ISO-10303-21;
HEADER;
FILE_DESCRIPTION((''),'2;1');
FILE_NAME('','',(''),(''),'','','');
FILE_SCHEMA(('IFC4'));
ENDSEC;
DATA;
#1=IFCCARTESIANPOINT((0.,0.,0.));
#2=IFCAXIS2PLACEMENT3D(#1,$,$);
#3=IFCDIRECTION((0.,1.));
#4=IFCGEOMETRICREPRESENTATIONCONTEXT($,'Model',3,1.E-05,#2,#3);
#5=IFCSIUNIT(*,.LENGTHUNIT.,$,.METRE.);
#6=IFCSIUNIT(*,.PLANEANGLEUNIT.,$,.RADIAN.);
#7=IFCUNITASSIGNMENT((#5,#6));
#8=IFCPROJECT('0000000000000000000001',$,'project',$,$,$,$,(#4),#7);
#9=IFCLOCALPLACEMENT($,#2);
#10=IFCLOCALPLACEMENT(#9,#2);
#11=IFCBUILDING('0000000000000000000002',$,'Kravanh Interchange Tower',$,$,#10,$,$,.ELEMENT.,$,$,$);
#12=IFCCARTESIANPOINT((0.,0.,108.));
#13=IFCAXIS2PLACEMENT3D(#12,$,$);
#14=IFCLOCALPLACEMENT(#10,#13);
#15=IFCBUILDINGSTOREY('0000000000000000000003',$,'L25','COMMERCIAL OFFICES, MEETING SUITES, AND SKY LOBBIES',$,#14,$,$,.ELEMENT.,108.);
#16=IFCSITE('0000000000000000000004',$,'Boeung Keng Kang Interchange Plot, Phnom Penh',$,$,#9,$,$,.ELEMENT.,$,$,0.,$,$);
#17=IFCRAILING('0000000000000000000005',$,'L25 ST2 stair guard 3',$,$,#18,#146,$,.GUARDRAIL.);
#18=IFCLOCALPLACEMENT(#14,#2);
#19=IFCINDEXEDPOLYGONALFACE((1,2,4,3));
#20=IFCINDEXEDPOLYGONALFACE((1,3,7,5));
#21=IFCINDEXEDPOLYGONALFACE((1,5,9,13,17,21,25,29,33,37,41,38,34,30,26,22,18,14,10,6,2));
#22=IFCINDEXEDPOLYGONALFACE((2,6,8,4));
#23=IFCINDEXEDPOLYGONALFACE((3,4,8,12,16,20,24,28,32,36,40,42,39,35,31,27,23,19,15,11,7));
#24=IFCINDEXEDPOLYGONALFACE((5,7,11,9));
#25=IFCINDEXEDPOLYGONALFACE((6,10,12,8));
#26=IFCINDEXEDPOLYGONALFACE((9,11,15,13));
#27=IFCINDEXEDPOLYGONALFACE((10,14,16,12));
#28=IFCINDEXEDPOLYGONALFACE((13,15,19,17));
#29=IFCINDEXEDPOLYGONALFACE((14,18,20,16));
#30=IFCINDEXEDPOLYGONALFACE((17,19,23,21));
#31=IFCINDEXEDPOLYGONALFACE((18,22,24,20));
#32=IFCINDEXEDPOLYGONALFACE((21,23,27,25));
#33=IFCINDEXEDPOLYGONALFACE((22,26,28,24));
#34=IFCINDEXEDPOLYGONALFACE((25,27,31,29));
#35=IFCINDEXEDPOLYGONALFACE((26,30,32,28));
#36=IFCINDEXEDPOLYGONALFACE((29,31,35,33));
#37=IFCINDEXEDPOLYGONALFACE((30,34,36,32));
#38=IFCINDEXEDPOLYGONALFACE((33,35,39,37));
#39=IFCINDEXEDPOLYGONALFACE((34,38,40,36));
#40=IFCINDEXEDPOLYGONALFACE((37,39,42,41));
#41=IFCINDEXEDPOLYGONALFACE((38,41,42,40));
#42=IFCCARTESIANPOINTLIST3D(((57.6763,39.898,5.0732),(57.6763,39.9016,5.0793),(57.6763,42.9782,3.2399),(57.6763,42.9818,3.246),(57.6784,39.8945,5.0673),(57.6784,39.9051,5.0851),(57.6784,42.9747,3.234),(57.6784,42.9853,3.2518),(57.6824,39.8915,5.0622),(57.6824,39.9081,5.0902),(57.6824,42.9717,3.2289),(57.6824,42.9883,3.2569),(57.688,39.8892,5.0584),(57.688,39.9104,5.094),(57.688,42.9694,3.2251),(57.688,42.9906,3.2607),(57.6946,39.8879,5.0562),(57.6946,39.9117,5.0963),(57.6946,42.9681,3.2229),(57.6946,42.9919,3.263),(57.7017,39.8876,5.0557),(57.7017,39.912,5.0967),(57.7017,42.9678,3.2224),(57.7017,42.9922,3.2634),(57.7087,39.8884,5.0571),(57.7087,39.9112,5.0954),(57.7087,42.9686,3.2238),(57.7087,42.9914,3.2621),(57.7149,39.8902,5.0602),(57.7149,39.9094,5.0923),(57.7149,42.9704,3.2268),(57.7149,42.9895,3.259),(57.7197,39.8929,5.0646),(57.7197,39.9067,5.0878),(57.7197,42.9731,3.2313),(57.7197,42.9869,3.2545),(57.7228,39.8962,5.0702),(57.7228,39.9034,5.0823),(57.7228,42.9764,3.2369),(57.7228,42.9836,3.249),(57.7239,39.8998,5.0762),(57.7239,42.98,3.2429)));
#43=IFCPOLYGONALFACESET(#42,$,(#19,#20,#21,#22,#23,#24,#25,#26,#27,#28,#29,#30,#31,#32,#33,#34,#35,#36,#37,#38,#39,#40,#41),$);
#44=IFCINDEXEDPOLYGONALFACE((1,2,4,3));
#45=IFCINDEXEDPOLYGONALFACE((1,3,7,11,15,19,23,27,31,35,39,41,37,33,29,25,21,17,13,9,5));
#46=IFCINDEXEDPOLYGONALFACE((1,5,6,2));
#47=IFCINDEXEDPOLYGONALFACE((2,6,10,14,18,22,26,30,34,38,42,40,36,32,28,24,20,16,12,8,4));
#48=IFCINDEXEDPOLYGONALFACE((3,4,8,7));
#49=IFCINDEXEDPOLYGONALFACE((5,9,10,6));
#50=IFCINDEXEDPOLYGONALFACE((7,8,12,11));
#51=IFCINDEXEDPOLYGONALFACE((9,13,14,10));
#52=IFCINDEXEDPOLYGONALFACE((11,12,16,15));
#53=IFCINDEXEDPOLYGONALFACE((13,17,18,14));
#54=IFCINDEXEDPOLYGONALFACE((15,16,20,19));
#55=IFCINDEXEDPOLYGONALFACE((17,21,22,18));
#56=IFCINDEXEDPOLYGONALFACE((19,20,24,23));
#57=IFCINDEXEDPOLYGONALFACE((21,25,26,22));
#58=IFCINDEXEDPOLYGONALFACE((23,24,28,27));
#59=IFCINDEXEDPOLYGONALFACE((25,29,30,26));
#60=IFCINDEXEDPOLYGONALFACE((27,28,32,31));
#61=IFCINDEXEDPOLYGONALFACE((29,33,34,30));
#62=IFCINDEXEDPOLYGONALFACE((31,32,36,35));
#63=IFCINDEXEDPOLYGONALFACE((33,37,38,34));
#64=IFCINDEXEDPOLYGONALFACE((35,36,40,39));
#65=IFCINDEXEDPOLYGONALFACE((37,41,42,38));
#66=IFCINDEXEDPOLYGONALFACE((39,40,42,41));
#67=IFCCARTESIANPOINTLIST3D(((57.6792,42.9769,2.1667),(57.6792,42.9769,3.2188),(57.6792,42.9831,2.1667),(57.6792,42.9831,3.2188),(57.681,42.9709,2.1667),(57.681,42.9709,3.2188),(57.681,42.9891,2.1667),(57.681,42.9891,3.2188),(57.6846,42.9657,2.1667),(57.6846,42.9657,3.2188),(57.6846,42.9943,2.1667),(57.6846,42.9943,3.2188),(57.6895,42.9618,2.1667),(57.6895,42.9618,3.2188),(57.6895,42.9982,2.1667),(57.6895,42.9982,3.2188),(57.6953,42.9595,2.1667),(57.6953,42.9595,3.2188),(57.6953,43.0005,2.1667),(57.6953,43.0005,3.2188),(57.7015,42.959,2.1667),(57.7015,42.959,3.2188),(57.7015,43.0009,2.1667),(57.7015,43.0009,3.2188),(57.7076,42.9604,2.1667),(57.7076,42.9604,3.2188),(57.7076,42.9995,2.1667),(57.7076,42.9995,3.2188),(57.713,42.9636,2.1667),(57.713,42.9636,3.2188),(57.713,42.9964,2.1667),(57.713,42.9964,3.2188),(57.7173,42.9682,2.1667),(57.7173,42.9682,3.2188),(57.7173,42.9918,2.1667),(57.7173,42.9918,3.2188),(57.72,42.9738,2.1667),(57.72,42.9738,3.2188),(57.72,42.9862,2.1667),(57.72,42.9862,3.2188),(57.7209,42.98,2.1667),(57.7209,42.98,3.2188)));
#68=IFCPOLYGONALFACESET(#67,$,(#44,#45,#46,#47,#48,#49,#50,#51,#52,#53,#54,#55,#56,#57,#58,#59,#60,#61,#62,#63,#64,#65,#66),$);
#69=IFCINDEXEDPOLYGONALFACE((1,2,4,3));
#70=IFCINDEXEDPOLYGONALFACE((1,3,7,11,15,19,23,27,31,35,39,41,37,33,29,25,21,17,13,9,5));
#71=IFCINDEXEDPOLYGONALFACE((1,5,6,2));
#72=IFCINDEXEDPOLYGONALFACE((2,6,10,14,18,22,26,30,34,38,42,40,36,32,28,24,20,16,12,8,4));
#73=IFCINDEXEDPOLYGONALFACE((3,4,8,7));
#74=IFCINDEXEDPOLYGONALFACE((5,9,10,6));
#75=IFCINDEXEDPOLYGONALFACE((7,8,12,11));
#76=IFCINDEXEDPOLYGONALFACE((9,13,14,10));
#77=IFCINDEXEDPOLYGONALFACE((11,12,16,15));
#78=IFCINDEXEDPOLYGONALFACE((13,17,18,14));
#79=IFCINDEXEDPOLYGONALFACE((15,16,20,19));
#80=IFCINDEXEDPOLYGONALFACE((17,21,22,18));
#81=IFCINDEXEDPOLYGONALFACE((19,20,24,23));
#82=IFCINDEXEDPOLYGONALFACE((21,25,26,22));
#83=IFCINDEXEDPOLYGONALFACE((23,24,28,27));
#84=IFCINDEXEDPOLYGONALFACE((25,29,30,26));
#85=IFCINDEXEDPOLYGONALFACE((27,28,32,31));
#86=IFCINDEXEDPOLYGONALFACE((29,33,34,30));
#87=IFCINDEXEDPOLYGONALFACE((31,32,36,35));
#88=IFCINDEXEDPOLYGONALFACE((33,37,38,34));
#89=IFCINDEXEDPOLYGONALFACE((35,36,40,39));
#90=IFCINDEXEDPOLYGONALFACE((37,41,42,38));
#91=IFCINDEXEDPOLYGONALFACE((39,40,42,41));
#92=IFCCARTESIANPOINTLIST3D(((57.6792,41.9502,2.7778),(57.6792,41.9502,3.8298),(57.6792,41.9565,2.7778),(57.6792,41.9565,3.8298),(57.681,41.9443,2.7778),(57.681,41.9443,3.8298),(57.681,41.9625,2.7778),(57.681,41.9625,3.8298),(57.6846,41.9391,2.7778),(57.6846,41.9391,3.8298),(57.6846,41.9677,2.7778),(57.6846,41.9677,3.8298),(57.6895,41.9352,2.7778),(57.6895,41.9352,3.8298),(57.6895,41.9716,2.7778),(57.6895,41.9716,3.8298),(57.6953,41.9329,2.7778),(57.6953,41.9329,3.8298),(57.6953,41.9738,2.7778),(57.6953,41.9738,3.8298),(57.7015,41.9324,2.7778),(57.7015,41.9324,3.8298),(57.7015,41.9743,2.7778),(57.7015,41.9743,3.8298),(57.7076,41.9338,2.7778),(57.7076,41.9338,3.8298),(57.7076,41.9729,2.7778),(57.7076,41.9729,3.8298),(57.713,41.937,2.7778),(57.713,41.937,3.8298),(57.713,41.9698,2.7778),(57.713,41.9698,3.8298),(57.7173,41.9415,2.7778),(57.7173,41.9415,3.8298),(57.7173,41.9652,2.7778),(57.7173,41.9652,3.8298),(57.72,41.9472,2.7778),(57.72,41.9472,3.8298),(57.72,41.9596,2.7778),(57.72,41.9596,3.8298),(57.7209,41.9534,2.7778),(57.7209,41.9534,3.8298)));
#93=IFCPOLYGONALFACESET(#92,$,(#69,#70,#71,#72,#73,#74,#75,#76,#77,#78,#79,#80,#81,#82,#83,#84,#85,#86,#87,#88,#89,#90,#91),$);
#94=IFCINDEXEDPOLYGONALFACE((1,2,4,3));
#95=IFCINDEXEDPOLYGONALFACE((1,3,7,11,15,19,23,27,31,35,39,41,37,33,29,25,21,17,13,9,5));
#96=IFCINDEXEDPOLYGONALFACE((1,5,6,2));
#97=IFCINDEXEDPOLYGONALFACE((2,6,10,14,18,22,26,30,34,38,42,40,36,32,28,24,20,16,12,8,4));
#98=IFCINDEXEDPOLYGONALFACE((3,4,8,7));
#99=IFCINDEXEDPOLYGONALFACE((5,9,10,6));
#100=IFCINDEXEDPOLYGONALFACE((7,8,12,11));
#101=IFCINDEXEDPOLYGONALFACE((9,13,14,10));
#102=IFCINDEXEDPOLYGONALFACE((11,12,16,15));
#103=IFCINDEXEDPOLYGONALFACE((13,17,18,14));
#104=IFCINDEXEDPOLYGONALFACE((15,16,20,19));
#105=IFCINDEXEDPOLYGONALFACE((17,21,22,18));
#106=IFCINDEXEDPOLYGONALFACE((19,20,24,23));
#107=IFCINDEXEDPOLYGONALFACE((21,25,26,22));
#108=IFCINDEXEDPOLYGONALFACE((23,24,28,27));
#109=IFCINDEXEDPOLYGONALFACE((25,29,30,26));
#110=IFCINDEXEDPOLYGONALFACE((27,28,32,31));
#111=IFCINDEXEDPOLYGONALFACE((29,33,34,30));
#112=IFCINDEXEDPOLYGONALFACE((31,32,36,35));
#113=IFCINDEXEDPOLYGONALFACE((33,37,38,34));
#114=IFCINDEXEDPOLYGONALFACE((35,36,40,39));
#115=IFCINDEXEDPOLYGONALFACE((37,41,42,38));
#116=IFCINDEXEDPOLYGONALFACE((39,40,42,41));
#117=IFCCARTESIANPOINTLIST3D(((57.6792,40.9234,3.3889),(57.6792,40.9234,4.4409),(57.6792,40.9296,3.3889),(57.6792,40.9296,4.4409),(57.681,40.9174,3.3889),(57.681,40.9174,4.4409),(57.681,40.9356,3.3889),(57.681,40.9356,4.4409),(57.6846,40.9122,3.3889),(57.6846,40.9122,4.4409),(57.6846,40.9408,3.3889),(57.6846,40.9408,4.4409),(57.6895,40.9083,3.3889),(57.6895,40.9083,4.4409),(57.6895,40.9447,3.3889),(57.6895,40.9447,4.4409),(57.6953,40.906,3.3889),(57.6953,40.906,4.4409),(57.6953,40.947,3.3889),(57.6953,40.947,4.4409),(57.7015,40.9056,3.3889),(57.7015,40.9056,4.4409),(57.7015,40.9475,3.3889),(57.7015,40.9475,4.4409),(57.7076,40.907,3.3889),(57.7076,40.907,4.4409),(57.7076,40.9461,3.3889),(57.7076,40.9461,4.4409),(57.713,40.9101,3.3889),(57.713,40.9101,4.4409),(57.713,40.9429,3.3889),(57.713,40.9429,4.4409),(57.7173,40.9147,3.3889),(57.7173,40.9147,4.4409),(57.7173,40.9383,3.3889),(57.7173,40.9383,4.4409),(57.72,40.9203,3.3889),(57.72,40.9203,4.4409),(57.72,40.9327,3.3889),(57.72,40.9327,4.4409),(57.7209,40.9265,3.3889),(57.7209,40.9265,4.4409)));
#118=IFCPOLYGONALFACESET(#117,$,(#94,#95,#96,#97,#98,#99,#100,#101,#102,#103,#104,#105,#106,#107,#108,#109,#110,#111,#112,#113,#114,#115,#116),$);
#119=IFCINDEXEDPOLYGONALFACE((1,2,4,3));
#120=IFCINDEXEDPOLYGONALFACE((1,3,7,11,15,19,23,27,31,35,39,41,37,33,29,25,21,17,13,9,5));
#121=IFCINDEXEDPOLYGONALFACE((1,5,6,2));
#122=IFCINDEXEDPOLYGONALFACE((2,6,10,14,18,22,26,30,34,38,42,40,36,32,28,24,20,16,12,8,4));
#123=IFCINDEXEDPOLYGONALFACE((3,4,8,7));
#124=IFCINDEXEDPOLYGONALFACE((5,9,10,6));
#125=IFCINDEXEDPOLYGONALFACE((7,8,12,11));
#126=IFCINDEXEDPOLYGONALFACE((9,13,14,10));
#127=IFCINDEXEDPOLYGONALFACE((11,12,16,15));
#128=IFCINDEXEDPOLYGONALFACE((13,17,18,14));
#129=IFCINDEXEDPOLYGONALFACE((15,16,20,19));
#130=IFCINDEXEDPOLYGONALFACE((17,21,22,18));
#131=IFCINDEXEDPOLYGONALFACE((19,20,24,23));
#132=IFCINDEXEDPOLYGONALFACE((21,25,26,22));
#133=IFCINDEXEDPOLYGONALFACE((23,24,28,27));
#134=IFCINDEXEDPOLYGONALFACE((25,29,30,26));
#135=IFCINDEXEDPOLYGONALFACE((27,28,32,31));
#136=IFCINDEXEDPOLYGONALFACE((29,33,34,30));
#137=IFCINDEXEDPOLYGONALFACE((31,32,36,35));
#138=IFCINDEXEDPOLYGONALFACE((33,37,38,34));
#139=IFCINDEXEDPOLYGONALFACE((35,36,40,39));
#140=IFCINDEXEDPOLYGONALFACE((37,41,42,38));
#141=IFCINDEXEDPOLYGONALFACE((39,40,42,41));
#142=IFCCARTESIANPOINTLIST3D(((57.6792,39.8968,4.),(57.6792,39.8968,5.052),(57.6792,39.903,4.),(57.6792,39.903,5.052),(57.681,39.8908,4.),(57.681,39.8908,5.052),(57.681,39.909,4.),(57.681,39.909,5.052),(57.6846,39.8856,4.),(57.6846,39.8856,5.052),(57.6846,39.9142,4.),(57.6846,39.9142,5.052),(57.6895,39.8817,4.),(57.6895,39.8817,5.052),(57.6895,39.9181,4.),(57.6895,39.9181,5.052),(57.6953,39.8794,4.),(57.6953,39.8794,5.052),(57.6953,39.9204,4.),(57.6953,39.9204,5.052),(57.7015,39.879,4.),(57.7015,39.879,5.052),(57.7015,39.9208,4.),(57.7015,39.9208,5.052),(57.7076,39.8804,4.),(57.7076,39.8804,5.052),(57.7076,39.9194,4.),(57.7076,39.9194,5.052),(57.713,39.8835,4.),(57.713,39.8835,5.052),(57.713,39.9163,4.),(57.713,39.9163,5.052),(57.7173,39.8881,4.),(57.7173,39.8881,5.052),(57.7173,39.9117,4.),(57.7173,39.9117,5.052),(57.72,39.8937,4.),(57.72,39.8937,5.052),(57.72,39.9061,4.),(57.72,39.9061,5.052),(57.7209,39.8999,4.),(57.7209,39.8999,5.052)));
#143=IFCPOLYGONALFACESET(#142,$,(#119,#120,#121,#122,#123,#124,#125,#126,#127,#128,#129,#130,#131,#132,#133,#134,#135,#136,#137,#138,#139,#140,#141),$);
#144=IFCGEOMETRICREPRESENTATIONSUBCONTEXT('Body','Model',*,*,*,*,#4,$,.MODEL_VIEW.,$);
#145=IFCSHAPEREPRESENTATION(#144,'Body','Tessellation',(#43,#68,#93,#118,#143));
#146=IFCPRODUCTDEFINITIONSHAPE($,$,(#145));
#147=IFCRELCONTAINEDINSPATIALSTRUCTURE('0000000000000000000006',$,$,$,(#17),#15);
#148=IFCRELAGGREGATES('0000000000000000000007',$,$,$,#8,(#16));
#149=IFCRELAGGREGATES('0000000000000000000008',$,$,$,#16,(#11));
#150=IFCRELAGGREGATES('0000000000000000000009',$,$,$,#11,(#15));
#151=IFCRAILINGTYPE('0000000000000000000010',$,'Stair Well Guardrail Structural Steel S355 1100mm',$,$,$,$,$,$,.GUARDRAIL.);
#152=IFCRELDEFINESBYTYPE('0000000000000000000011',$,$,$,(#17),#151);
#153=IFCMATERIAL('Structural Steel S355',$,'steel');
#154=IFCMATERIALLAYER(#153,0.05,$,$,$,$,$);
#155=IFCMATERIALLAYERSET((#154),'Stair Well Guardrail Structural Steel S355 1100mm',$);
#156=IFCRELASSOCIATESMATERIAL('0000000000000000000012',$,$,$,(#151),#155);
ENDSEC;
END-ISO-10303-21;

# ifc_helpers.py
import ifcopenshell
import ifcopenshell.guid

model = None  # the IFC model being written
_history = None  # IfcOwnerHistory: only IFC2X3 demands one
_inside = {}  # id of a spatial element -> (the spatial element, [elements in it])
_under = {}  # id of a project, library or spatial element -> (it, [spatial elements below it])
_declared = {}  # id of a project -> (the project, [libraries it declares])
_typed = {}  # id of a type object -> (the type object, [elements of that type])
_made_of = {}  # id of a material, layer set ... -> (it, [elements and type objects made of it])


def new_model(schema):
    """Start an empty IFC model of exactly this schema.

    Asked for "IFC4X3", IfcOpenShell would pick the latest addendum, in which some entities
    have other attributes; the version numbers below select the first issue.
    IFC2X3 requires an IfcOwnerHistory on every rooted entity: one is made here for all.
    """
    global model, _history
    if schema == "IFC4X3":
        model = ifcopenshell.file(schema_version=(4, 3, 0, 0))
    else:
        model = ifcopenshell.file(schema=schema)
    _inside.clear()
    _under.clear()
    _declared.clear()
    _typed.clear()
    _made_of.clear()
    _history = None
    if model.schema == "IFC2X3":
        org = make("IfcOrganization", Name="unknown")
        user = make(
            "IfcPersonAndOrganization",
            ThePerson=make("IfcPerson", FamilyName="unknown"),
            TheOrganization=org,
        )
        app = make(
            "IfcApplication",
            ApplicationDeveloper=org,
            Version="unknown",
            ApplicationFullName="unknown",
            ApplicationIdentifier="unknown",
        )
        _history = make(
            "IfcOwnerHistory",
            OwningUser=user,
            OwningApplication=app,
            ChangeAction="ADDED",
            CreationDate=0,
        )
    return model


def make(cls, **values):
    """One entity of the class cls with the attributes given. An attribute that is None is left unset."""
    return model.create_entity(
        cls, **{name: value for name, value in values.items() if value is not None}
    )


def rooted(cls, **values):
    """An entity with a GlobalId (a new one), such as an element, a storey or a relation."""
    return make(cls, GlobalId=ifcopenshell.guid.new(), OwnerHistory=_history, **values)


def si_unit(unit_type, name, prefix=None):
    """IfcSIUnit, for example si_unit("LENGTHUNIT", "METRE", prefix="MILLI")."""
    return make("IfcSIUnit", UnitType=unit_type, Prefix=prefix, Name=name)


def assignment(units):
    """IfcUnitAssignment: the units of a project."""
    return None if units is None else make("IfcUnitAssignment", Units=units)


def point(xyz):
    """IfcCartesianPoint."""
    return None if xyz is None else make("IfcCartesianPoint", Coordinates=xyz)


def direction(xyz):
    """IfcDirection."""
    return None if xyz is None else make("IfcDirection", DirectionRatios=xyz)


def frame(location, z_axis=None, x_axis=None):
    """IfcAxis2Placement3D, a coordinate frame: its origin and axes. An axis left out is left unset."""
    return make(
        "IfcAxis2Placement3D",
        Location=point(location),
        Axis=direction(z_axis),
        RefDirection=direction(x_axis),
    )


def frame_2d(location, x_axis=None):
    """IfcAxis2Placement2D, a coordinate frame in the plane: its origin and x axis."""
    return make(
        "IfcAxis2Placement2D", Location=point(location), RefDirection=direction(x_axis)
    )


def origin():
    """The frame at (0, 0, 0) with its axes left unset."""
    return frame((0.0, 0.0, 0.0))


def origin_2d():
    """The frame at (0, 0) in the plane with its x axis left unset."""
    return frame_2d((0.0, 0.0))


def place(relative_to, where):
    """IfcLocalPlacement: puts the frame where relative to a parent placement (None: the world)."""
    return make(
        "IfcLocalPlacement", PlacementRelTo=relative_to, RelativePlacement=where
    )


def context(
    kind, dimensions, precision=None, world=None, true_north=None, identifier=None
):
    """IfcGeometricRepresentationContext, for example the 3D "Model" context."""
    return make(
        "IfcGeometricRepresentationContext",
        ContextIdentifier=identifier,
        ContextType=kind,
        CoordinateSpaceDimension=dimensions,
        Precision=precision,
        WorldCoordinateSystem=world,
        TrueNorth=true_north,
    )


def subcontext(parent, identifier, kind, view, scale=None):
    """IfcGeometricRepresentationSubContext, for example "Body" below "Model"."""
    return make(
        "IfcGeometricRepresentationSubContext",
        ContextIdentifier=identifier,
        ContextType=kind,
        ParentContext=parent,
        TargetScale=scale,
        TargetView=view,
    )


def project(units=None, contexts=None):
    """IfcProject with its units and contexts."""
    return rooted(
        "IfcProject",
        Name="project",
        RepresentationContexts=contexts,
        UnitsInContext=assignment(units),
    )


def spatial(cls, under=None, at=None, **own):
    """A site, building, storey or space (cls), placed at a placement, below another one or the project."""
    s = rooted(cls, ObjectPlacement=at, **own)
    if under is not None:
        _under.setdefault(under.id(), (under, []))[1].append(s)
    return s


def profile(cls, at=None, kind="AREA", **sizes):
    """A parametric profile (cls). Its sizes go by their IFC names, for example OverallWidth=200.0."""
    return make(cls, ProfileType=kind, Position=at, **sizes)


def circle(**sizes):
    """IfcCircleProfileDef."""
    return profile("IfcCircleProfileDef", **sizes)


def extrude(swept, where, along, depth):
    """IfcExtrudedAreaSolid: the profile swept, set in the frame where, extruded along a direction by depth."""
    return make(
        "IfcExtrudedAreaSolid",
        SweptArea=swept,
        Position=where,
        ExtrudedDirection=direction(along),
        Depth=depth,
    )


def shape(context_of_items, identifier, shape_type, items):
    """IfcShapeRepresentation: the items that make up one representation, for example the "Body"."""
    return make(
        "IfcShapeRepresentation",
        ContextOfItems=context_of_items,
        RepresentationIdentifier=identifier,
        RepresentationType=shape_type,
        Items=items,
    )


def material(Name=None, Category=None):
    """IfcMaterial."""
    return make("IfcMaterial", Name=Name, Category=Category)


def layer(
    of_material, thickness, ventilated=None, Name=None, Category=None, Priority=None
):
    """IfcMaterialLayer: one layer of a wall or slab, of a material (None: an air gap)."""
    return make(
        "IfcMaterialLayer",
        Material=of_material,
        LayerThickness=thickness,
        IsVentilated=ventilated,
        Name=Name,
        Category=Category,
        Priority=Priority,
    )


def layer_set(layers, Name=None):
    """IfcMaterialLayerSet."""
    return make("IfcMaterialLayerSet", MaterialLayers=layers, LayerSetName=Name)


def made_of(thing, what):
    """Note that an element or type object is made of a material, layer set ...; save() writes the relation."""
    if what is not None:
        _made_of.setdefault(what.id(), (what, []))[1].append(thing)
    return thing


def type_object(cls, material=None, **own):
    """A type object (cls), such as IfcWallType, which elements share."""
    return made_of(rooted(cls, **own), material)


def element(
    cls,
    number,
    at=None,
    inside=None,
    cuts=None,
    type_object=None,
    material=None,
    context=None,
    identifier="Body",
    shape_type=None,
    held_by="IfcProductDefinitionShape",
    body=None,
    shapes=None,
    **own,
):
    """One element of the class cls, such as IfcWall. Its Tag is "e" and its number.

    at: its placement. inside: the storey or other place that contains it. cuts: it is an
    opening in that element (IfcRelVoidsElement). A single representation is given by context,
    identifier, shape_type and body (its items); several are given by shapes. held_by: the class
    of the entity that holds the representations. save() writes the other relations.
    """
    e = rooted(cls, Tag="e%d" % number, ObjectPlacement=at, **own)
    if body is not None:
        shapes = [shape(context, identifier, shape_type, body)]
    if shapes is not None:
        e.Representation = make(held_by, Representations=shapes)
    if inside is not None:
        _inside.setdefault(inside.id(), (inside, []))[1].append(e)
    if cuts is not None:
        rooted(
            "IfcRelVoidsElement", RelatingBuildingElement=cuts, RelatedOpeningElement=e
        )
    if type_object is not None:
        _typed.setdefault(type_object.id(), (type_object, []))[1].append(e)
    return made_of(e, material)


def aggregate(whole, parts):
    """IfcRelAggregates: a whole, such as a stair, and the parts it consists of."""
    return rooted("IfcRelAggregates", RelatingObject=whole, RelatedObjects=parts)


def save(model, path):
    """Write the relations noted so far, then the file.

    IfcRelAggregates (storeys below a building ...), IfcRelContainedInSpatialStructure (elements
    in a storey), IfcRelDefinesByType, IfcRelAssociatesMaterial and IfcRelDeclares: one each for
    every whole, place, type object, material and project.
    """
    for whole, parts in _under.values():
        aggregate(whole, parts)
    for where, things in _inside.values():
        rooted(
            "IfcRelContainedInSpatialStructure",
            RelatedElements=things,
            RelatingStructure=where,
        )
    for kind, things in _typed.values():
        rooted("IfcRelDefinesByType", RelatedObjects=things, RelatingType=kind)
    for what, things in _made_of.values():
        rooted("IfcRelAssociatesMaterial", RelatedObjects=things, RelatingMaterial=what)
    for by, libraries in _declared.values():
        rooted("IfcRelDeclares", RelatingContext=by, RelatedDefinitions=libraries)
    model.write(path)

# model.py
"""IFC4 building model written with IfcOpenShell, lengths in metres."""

from ifc_helpers import new_model, si_unit, direction, frame, origin, origin_2d, place, context, subcontext, project, spatial, circle, extrude, material, layer, layer_set, type_object, element, save


model = new_model("IFC4")

# Units and contexts
model_context = context("Model", 3, precision=1e-05, world=origin(), true_north=direction((0.0, 1.0)))
body_context = subcontext(model_context, "Body", "Model", "MODEL_VIEW")
ifc_project = project(units=[si_unit("LENGTHUNIT", "METRE"), si_unit("PLANEANGLEUNIT", "RADIAN")], contexts=[model_context])

# Site, building, storey
site_placement = place(None, origin())
site = spatial("IfcSite", under=ifc_project, at=site_placement, Name="Boeung Keng Kang Interchange Plot, Phnom Penh", CompositionType="ELEMENT", RefElevation=0.0)
building_placement = place(site_placement, origin())
building = spatial("IfcBuilding", under=site, at=building_placement, Name="Kravanh Interchange Tower", CompositionType="ELEMENT")
storey_placement = place(building_placement, frame((0.0, 0.0, 108.0)))
storey = spatial("IfcBuildingStorey", under=building, at=storey_placement, Name="L25", Description="COMMERCIAL OFFICES, MEETING SUITES, AND SKY LOBBIES", CompositionType="ELEMENT", Elevation=108.0)

# Railing
ifc_material_1 = material(Name="Structural Steel S355", Category="steel")
ifc_layer_1 = layer(ifc_material_1, 0.05)
ifc_layer_set_1 = layer_set([ifc_layer_1], Name="Stair Well Guardrail Structural Steel S355 1100mm")
railing_type_1 = type_object("IfcRailingType", Name="Stair Well Guardrail Structural Steel S355 1100mm", PredefinedType="GUARDRAIL", material=ifc_layer_set_1)
railing_1_placement = place(storey_placement, frame((57.7, 42.98, 2.1667)))
element("IfcRailing", 1, at=railing_1_placement, inside=storey, type_object=railing_type_1, Name="L25 ST2 stair guard 3", PredefinedType="GUARDRAIL", context=body_context, shape_type="SweptSolid", body=[
    extrude(circle(Radius=0.0239, at=origin_2d()), frame((0.0, 0.0, 1.0762), z_axis=(0.0, -0.859309, 0.511458), x_axis=(1.0, 0.0, 0.0)), (0.0, 0.0, 1.0), 3.5845),
    extrude(circle(Radius=0.021, at=origin_2d()), origin(), (0.0, 0.0, 1.0), 1.052),
    extrude(circle(Radius=0.021, at=origin_2d()), frame((0.0, -1.0266, 0.6111)), (0.0, 0.0, 1.0), 1.052),
    extrude(circle(Radius=0.021, at=origin_2d()), frame((0.0, -2.0535, 1.2222)), (0.0, 0.0, 1.0), 1.052),
    extrude(circle(Radius=0.021, at=origin_2d()), frame((0.0, -3.0801, 1.8333)), (0.0, 0.0, 1.0), 1.052),
])

save(model, "model.ifc")
